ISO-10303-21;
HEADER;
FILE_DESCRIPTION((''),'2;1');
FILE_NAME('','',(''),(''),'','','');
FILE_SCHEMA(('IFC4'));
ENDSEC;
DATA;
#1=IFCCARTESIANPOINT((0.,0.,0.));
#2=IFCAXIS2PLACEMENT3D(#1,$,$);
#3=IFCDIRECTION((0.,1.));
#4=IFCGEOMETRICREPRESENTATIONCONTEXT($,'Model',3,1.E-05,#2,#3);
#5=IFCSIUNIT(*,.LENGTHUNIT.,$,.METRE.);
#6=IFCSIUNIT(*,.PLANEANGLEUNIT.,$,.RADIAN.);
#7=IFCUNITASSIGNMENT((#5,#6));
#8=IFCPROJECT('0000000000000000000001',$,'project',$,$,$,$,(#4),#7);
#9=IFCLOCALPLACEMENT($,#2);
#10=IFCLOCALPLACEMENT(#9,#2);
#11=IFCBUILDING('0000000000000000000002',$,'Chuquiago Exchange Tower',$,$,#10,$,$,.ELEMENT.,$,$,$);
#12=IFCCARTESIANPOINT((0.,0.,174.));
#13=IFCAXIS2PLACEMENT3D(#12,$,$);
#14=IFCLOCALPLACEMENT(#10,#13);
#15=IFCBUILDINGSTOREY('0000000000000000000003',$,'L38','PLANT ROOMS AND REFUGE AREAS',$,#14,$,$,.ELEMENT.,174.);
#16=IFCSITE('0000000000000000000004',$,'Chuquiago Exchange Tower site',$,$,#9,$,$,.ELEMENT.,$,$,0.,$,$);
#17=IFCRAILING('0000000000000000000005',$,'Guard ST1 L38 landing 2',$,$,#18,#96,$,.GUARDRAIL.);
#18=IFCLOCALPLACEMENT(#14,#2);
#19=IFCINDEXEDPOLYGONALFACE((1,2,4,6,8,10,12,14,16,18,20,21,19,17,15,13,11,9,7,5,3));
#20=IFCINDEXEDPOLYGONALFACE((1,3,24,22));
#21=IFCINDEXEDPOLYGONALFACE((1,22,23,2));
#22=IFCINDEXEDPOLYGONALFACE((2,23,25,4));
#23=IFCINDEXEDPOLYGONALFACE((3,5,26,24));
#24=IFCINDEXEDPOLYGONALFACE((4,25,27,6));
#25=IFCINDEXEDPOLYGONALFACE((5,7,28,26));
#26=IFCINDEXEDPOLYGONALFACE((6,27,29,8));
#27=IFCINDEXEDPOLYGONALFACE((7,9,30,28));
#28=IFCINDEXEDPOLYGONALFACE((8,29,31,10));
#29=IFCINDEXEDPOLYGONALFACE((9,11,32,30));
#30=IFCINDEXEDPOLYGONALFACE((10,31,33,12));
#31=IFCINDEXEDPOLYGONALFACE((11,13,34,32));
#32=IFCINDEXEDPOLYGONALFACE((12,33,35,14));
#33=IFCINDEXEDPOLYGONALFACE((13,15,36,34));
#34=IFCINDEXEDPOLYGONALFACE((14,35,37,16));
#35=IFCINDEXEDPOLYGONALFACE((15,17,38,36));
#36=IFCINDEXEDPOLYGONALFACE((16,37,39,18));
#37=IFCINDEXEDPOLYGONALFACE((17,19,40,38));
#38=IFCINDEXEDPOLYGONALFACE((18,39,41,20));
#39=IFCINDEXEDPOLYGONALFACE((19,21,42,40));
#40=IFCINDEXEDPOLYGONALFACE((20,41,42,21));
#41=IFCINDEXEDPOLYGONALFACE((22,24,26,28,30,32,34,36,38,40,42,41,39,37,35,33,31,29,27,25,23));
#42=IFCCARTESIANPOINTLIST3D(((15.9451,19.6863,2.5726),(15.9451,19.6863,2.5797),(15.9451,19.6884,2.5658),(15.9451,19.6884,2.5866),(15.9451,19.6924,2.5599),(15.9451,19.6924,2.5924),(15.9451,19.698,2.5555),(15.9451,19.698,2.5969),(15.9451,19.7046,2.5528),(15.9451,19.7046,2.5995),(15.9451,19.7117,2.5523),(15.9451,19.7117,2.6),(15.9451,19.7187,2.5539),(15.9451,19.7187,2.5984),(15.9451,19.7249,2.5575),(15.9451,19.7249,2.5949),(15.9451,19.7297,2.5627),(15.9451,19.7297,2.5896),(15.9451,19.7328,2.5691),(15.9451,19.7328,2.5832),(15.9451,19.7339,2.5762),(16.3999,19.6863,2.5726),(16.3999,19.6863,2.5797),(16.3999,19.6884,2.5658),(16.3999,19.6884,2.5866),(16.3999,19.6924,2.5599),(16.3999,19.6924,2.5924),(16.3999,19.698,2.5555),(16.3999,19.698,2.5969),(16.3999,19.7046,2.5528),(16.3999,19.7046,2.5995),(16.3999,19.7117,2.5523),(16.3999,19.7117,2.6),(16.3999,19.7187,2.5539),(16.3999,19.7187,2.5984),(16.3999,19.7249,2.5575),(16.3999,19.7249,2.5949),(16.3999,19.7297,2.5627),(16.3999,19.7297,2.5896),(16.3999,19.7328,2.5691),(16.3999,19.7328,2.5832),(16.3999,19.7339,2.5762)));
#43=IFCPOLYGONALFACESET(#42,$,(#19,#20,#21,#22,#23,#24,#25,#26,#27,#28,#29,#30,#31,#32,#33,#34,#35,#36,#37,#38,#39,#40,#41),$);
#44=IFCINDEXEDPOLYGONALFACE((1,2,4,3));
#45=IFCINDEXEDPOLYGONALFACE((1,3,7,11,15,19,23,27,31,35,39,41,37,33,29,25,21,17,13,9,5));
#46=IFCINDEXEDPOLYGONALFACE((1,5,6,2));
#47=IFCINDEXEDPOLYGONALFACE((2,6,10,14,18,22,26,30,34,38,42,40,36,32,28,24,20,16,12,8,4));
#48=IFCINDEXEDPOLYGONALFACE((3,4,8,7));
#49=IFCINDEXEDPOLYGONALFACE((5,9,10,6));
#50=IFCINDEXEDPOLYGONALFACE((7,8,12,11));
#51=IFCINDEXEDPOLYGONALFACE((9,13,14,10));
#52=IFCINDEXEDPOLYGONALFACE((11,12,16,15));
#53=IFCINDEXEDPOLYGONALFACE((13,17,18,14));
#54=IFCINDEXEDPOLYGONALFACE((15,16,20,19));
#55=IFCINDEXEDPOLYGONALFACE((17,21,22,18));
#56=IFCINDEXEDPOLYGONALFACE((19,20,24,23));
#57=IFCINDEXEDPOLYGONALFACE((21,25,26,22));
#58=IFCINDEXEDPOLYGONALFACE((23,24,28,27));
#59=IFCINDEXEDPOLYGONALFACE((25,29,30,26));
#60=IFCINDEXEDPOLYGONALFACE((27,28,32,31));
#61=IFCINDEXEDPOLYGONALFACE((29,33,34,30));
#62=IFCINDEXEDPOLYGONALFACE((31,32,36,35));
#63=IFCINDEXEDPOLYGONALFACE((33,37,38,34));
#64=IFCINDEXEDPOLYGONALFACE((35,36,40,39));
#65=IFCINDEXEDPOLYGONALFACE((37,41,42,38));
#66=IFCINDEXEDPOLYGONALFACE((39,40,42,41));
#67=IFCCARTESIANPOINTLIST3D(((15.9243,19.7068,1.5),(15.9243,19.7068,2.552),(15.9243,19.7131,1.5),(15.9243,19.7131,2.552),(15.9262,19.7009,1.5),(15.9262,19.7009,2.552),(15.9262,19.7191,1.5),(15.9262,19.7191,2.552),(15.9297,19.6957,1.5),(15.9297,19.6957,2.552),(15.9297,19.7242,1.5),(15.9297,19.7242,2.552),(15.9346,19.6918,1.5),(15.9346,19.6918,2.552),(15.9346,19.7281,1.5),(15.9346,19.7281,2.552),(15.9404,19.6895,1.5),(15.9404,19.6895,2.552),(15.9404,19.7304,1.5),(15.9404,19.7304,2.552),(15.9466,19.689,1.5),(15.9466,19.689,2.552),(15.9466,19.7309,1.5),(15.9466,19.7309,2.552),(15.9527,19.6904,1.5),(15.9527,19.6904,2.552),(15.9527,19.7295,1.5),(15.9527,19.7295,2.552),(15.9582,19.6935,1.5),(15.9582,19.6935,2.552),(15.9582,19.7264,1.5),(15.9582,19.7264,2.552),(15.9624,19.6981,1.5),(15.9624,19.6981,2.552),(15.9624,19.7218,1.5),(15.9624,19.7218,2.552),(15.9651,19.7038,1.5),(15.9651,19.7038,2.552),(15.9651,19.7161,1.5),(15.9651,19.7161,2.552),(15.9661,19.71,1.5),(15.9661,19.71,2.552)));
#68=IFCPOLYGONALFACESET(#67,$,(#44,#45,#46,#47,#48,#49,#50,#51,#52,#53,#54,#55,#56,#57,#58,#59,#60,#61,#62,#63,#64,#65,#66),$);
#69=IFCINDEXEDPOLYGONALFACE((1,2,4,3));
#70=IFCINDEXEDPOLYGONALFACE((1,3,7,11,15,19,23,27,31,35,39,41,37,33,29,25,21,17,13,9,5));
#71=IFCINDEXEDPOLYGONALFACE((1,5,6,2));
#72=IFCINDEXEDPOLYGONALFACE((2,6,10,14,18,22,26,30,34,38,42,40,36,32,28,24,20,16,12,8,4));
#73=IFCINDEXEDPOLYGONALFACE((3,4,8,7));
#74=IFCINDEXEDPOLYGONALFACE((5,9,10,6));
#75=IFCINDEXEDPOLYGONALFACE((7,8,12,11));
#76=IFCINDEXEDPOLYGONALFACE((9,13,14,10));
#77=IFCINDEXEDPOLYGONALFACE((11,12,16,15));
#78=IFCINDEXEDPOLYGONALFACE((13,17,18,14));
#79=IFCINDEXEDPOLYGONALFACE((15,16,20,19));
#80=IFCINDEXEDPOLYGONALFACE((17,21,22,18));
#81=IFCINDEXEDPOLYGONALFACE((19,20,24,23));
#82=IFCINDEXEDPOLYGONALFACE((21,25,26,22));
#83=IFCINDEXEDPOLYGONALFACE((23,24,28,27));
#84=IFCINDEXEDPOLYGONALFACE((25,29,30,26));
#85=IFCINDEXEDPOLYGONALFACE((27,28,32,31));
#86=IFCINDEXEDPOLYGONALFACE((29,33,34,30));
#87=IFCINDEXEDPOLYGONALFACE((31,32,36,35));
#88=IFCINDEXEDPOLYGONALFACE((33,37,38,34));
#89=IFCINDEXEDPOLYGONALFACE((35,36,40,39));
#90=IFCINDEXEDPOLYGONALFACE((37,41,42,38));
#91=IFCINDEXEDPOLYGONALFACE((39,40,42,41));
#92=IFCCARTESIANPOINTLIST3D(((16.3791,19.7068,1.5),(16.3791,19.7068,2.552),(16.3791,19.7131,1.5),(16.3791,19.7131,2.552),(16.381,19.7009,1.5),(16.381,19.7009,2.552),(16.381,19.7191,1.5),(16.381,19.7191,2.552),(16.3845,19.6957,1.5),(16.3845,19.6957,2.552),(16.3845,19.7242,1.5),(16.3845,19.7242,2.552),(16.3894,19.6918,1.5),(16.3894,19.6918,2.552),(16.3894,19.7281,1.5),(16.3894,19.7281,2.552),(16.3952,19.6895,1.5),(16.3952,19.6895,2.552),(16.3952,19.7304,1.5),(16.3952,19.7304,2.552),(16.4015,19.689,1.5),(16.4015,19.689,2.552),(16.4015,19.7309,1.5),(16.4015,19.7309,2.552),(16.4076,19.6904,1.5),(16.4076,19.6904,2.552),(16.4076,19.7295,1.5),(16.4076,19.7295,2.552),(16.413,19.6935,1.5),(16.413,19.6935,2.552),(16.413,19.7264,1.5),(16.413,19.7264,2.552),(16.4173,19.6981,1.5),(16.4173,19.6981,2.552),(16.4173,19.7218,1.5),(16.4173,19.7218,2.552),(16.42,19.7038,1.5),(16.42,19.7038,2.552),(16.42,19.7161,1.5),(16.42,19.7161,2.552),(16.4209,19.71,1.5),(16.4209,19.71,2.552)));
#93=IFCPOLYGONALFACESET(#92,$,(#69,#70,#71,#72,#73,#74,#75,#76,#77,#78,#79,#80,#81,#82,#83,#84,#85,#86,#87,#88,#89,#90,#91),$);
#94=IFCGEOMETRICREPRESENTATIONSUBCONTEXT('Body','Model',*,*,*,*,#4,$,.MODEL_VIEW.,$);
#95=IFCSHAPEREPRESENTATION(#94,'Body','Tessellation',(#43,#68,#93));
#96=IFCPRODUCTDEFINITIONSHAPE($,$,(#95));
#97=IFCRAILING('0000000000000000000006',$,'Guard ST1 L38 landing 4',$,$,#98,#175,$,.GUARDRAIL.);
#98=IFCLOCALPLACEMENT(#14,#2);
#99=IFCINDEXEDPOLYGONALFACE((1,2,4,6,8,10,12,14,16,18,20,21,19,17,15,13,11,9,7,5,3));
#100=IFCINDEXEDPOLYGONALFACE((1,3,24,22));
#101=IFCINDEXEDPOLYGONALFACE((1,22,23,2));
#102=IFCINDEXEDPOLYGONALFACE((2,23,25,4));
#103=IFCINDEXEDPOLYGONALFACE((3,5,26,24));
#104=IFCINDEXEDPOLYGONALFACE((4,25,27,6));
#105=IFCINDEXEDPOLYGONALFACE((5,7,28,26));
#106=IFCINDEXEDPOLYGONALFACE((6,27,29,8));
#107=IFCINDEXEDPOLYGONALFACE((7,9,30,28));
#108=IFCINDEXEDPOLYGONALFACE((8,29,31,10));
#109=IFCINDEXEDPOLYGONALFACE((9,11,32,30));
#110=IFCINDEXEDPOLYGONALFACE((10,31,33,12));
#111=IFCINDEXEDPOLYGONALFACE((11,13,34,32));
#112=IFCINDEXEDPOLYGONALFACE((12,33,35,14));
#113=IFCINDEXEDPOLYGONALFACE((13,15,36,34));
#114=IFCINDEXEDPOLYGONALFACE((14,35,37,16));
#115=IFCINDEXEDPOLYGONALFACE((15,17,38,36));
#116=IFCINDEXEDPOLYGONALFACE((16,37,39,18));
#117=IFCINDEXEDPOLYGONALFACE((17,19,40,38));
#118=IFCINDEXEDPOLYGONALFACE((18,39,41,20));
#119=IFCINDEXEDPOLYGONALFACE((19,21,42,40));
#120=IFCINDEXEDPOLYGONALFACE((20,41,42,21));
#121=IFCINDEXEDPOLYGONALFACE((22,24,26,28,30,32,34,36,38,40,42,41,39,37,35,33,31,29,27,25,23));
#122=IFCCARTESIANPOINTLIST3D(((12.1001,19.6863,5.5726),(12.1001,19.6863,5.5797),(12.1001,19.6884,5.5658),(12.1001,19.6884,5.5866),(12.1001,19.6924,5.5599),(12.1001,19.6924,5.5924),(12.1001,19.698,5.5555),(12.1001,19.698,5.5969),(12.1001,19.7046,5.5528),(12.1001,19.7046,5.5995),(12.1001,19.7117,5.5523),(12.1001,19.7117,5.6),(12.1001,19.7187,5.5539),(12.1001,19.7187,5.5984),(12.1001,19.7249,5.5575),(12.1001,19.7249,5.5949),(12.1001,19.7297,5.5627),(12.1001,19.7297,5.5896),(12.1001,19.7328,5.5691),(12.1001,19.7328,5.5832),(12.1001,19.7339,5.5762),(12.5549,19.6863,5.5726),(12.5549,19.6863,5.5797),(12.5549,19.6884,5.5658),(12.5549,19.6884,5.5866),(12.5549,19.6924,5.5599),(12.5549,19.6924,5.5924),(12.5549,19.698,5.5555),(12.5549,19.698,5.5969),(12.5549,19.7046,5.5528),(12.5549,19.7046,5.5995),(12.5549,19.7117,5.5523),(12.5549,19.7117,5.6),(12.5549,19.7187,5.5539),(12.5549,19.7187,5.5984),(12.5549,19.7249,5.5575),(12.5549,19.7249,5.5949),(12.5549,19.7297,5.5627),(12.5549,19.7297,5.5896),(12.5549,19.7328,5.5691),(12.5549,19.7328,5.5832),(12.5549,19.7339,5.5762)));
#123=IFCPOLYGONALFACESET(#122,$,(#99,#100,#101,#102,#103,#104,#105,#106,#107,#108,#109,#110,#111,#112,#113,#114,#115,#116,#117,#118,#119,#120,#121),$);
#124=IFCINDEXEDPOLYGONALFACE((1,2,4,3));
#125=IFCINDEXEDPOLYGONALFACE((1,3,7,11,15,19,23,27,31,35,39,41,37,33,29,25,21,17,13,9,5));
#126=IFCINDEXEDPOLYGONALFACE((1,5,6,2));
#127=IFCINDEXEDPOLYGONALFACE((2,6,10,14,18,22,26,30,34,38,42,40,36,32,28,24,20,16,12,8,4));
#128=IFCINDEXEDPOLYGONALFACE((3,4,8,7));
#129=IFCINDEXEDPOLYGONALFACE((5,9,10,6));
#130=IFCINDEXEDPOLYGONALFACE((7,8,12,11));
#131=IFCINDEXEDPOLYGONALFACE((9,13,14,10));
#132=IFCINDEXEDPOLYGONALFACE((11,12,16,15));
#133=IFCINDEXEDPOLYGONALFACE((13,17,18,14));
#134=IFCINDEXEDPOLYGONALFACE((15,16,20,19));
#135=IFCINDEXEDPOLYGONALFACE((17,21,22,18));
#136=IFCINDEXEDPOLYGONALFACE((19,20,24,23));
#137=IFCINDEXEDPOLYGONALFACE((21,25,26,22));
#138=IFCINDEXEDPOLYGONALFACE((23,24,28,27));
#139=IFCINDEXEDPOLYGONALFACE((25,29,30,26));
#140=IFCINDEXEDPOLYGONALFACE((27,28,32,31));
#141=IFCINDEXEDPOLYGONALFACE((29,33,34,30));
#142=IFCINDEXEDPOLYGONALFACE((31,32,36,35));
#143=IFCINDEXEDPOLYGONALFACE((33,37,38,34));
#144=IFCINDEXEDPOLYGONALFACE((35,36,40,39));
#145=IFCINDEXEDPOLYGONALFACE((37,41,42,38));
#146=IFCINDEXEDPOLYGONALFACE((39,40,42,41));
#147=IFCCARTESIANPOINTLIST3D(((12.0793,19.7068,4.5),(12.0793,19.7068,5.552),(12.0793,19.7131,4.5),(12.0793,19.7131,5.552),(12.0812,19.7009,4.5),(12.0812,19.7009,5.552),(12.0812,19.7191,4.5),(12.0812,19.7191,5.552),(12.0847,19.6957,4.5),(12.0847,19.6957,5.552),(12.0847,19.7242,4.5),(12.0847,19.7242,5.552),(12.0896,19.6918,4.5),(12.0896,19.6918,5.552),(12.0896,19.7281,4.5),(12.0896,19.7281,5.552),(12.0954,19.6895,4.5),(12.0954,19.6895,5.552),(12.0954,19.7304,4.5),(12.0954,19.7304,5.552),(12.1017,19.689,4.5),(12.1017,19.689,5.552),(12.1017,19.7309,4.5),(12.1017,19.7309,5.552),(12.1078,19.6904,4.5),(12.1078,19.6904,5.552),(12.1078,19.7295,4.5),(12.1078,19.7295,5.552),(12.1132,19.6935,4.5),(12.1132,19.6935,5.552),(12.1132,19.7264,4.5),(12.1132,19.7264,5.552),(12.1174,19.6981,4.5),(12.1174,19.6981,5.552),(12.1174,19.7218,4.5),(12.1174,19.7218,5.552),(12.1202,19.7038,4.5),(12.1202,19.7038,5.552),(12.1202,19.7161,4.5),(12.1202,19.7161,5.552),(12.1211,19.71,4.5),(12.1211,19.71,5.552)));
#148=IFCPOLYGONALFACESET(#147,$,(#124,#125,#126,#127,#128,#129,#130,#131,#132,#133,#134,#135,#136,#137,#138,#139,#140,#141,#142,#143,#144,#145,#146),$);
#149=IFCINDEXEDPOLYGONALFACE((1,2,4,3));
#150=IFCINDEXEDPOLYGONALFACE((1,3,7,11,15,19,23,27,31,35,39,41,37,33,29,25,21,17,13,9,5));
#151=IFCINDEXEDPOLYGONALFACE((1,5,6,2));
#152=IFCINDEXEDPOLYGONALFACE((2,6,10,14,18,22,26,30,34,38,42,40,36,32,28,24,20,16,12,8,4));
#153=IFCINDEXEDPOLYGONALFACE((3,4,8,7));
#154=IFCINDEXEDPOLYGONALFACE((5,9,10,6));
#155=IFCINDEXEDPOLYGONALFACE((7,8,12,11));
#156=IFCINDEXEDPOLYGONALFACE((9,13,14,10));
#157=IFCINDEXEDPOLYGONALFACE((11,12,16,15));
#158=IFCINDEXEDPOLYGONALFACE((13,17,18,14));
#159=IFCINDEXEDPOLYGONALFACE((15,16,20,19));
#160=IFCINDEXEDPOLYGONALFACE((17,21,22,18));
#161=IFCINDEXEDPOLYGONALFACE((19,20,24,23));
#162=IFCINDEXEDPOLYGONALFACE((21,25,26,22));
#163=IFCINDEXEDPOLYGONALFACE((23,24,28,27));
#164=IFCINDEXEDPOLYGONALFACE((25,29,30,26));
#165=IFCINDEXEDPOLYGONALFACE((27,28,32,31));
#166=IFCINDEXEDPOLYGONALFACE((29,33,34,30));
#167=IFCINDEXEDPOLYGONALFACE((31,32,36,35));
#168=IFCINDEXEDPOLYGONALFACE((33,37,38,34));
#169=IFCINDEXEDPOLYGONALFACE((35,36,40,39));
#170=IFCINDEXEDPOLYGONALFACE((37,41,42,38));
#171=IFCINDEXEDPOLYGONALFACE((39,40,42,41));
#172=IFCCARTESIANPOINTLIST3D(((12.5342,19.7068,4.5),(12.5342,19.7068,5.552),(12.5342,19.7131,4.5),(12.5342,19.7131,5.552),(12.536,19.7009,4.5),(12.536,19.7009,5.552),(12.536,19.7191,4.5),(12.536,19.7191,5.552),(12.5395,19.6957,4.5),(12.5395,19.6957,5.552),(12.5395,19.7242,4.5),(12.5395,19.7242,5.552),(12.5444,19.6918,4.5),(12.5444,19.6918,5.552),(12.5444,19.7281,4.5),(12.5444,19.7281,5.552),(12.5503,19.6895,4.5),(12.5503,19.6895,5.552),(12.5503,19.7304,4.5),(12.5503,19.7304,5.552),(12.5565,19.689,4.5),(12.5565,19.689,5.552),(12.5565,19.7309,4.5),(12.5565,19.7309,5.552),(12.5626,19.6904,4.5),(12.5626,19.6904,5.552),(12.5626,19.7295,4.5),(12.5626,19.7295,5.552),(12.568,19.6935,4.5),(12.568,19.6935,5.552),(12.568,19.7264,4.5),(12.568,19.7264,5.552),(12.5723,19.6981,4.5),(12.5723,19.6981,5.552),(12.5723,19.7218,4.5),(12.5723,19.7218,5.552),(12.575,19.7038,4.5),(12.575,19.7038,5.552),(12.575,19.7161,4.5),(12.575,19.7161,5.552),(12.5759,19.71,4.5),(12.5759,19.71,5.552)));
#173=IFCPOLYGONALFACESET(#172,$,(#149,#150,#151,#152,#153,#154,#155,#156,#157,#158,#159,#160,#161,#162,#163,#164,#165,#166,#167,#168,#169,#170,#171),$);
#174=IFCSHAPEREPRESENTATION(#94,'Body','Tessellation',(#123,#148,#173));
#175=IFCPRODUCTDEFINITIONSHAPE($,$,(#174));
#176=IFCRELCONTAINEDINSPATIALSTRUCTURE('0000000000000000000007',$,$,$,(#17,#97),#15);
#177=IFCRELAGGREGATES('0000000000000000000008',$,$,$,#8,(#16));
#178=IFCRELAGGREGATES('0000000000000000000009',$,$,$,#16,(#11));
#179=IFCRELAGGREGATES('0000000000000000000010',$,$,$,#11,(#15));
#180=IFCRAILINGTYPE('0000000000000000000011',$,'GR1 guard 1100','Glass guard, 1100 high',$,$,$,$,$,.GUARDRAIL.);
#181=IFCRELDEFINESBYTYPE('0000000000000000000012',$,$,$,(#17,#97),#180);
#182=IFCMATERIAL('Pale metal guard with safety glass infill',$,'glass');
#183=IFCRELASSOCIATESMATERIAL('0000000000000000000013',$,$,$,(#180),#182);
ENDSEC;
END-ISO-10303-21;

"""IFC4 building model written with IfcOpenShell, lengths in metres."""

from ifc_helpers import new_model, si_unit, direction, frame, origin, origin_2d, place, context, subcontext, project, spatial, circle, extrude, material, type_object, element, save


model = new_model("IFC4")

# Units and contexts
model_context = context("Model", 3, precision=1e-05, world=origin(), true_north=direction((0.0, 1.0)))
body_context = subcontext(model_context, "Body", "Model", "MODEL_VIEW")
ifc_project = project(units=[si_unit("LENGTHUNIT", "METRE"), si_unit("PLANEANGLEUNIT", "RADIAN")], contexts=[model_context])

# Site, building, storey
site_placement = place(None, origin())
site = spatial("IfcSite", under=ifc_project, at=site_placement, Name="Chuquiago Exchange Tower site", CompositionType="ELEMENT", RefElevation=0.0)
building_placement = place(site_placement, origin())
building = spatial("IfcBuilding", under=site, at=building_placement, Name="Chuquiago Exchange Tower", CompositionType="ELEMENT")
storey_placement = place(building_placement, frame((0.0, 0.0, 174.0)))
storey = spatial("IfcBuildingStorey", under=building, at=storey_placement, Name="L38", Description="PLANT ROOMS AND REFUGE AREAS", CompositionType="ELEMENT", Elevation=174.0)

# Railings
ifc_material_1 = material(Name="Pale metal guard with safety glass infill", Category="glass")
railing_type_1 = type_object("IfcRailingType", Name="GR1 guard 1100", Description="Glass guard, 1100 high", PredefinedType="GUARDRAIL", material=ifc_material_1)
for number, where, name in (
    (1, (15.9451, 19.71, 1.5), "Guard ST1 L38 landing 2"),
    (2, (12.1001, 19.71, 4.5), "Guard ST1 L38 landing 4"),
):
    element("IfcRailing", number, at=place(storey_placement, frame(where)), inside=storey, type_object=railing_type_1, Name=name, PredefinedType="GUARDRAIL", context=body_context, shape_type="SweptSolid", body=[
        extrude(circle(Radius=0.0239, at=origin_2d()), frame((0.0, 0.0, 1.0762), z_axis=(1.0, 0.0, 0.0), x_axis=(0.0, 1.0, 0.0)), (0.0, 0.0, 1.0), 0.4548),
        extrude(circle(Radius=0.021, at=origin_2d()), origin(), (0.0, 0.0, 1.0), 1.052),
        extrude(circle(Radius=0.021, at=origin_2d()), frame((0.4548, 0.0, 0.0)), (0.0, 0.0, 1.0), 1.052),
    ])

save(model, "model.ifc")
